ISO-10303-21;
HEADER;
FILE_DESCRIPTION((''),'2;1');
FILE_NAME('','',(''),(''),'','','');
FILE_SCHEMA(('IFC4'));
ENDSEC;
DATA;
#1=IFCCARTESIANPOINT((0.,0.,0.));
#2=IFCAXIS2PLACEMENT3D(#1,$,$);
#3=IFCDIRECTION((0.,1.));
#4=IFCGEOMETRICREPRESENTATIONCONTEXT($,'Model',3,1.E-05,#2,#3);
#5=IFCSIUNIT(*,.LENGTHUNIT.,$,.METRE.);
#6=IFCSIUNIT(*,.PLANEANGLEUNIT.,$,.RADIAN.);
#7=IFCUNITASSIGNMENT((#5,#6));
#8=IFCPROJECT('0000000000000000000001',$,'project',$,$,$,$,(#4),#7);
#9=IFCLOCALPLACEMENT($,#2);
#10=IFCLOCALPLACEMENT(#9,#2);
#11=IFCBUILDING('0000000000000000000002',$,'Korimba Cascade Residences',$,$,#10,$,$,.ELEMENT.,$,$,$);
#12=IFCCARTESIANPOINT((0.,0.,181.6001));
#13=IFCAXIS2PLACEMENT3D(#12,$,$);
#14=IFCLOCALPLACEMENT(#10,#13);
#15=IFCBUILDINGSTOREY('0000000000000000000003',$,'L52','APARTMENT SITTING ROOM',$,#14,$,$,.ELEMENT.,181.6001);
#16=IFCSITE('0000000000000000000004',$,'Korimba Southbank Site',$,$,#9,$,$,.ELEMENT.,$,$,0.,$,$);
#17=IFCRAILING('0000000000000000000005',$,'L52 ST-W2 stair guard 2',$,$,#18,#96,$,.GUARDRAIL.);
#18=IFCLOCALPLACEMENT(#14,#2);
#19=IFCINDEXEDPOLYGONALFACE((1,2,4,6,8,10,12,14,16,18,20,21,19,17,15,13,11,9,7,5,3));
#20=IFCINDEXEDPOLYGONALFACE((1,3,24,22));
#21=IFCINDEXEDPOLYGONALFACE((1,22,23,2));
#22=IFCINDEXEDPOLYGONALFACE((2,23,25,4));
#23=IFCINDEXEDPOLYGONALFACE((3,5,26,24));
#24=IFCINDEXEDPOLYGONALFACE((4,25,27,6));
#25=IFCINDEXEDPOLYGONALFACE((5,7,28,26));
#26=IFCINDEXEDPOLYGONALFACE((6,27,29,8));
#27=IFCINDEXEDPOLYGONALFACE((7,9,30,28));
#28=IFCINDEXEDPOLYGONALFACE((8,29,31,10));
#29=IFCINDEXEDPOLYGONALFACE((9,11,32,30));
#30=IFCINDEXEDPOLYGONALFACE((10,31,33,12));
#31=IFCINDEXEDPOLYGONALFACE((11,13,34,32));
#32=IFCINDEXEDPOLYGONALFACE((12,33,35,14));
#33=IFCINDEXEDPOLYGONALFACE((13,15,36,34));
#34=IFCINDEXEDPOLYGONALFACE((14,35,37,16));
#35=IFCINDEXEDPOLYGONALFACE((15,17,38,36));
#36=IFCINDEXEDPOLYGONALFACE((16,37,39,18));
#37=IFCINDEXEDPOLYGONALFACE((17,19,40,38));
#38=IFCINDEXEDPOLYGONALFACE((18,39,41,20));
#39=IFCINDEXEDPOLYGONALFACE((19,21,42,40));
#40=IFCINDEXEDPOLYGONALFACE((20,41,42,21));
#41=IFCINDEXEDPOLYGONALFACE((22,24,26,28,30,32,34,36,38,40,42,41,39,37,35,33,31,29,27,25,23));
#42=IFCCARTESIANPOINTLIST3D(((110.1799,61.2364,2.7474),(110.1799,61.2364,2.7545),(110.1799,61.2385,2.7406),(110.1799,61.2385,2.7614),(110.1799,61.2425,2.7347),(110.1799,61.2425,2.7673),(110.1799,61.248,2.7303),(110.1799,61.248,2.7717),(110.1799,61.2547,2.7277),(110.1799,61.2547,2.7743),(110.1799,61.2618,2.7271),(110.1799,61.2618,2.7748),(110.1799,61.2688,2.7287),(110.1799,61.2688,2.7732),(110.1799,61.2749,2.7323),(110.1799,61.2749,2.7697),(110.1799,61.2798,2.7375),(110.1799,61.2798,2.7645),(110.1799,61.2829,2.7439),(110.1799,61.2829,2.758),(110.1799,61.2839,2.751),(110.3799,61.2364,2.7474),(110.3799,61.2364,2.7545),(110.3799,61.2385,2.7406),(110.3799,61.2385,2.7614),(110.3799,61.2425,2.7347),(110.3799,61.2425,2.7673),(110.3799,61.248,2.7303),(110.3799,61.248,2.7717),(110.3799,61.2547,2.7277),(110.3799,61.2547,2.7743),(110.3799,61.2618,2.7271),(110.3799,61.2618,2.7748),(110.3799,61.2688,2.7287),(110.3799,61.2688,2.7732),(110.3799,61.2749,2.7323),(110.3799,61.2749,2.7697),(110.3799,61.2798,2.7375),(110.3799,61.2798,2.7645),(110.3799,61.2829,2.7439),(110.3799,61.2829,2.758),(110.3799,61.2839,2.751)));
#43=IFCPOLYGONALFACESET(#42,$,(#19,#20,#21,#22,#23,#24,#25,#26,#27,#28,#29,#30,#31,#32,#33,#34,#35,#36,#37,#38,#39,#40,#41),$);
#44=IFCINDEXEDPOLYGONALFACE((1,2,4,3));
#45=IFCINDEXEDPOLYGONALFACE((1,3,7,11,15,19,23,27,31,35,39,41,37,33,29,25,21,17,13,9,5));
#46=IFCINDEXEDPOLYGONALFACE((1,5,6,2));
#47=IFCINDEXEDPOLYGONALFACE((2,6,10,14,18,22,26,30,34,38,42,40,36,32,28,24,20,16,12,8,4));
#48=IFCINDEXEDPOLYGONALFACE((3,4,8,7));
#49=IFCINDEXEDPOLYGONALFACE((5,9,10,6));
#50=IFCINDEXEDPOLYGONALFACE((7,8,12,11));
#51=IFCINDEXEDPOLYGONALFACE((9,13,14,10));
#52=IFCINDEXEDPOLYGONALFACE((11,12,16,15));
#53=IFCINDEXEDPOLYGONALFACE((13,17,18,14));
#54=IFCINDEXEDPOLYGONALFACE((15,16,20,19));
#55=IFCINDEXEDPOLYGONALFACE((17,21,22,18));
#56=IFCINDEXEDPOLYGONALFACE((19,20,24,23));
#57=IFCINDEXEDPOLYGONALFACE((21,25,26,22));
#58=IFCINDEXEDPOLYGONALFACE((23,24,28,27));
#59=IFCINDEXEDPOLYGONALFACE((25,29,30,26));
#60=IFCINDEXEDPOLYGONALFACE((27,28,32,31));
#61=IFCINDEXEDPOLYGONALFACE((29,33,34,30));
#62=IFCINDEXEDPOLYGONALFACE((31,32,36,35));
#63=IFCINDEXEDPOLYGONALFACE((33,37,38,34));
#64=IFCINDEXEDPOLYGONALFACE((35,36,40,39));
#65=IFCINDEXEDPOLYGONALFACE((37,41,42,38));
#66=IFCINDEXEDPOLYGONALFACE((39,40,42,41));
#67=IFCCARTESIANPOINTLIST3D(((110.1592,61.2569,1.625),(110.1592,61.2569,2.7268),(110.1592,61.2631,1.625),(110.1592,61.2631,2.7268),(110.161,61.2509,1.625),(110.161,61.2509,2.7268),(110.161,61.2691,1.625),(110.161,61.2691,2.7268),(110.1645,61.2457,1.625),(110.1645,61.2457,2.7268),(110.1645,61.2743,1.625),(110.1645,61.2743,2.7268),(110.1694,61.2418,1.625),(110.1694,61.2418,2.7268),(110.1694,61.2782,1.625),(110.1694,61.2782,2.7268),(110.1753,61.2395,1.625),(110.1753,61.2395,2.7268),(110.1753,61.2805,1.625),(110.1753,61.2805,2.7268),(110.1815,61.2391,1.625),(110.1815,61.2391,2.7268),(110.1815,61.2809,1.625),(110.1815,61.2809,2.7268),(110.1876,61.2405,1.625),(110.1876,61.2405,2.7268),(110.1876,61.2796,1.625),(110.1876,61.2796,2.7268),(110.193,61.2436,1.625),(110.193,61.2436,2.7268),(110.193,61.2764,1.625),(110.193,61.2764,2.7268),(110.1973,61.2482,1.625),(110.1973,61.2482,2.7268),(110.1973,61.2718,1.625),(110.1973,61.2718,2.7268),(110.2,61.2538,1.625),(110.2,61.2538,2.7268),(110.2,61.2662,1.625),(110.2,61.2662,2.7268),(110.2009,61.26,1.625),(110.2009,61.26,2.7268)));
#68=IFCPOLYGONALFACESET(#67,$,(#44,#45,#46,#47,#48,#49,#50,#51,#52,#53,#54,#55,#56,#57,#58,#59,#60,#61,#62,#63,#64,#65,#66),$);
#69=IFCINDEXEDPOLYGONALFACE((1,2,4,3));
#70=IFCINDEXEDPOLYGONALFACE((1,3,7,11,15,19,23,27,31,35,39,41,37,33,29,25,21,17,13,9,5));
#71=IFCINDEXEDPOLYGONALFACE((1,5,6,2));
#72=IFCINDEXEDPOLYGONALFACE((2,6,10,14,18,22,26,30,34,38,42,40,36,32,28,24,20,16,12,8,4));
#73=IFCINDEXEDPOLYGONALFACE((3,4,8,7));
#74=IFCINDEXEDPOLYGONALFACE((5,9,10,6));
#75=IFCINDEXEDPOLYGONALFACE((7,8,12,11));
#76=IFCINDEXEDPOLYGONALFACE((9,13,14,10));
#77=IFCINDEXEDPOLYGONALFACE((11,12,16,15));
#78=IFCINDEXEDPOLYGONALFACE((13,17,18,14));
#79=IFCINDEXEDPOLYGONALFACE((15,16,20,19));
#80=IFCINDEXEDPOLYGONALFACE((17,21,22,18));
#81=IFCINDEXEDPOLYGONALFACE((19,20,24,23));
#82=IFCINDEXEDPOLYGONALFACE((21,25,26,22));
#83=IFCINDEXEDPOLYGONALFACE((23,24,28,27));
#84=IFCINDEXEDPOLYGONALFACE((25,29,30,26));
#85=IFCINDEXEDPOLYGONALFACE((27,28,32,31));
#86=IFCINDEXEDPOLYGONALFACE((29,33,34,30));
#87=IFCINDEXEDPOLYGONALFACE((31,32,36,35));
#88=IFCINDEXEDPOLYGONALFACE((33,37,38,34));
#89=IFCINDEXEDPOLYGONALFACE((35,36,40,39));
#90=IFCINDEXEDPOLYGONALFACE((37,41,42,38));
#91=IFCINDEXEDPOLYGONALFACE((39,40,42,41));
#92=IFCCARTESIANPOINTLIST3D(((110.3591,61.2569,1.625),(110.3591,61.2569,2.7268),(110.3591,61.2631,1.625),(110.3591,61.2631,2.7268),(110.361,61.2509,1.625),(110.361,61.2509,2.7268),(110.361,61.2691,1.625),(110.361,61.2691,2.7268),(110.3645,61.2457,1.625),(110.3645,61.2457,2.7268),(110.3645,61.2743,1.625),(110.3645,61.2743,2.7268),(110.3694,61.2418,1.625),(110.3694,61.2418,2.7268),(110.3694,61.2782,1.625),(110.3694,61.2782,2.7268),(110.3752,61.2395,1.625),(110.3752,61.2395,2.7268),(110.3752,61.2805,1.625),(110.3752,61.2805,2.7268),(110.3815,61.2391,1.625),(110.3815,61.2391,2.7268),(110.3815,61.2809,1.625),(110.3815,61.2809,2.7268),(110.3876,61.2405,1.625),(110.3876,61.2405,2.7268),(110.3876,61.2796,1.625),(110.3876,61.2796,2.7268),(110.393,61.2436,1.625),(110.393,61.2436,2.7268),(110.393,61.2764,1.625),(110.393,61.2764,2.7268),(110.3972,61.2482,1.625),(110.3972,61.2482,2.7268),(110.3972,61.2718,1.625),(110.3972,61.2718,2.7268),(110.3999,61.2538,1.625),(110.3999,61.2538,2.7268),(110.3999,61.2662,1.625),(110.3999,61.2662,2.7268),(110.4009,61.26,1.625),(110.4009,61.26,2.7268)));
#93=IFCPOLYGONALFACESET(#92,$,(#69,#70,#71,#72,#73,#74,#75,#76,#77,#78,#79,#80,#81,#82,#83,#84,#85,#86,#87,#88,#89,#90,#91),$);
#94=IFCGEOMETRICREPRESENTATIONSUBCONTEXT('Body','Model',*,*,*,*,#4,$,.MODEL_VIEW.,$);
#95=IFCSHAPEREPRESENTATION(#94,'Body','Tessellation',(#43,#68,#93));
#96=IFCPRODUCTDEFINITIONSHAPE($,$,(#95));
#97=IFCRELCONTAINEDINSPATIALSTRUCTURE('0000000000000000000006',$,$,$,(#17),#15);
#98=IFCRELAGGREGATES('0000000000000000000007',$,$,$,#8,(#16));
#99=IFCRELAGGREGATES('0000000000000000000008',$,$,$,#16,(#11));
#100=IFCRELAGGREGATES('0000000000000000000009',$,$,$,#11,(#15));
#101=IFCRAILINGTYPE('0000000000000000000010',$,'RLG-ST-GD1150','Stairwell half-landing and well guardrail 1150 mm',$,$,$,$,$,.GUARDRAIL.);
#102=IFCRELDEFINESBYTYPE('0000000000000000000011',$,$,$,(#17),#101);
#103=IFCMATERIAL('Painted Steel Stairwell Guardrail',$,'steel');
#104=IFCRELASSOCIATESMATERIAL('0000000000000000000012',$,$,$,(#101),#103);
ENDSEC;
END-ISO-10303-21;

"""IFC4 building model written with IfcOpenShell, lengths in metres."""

from ifc_helpers import new_model, si_unit, direction, frame, origin, origin_2d, place, context, subcontext, project, spatial, circle, extrude, material, type_object, element, save


model = new_model("IFC4")

# Units and contexts
model_context = context("Model", 3, precision=1e-05, world=origin(), true_north=direction((0.0, 1.0)))
body_context = subcontext(model_context, "Body", "Model", "MODEL_VIEW")
ifc_project = project(units=[si_unit("LENGTHUNIT", "METRE"), si_unit("PLANEANGLEUNIT", "RADIAN")], contexts=[model_context])

# Site, building, storey
site_placement = place(None, origin())
site = spatial("IfcSite", under=ifc_project, at=site_placement, Name="Korimba Southbank Site", CompositionType="ELEMENT", RefElevation=0.0)
building_placement = place(site_placement, origin())
building = spatial("IfcBuilding", under=site, at=building_placement, Name="Korimba Cascade Residences", CompositionType="ELEMENT")
storey_placement = place(building_placement, frame((0.0, 0.0, 181.6001)))
storey = spatial("IfcBuildingStorey", under=building, at=storey_placement, Name="L52", Description="APARTMENT SITTING ROOM", CompositionType="ELEMENT", Elevation=181.6001)

# Railing
ifc_material_1 = material(Name="Painted Steel Stairwell Guardrail", Category="steel")
railing_type_1 = type_object("IfcRailingType", Name="RLG-ST-GD1150", Description="Stairwell half-landing and well guardrail 1150 mm", PredefinedType="GUARDRAIL", material=ifc_material_1)
railing_1_placement = place(storey_placement, frame((110.1799, 61.26, 1.625)))
element("IfcRailing", 1, at=railing_1_placement, inside=storey, type_object=railing_type_1, Name="L52 ST-W2 stair guard 2", PredefinedType="GUARDRAIL", context=body_context, shape_type="SweptSolid", body=[
    extrude(circle(Radius=0.0239, at=origin_2d()), frame((0.0, 0.0, 1.126), z_axis=(1.0, 0.0, 0.0), x_axis=(0.0, 1.0, 0.0)), (0.0, 0.0, 1.0), 0.2),
    extrude(circle(Radius=0.021, at=origin_2d()), origin(), (0.0, 0.0, 1.0), 1.1018),
    extrude(circle(Radius=0.021, at=origin_2d()), frame((0.2, 0.0, 0.0)), (0.0, 0.0, 1.0), 1.1018),
])

save(model, "model.ifc")
